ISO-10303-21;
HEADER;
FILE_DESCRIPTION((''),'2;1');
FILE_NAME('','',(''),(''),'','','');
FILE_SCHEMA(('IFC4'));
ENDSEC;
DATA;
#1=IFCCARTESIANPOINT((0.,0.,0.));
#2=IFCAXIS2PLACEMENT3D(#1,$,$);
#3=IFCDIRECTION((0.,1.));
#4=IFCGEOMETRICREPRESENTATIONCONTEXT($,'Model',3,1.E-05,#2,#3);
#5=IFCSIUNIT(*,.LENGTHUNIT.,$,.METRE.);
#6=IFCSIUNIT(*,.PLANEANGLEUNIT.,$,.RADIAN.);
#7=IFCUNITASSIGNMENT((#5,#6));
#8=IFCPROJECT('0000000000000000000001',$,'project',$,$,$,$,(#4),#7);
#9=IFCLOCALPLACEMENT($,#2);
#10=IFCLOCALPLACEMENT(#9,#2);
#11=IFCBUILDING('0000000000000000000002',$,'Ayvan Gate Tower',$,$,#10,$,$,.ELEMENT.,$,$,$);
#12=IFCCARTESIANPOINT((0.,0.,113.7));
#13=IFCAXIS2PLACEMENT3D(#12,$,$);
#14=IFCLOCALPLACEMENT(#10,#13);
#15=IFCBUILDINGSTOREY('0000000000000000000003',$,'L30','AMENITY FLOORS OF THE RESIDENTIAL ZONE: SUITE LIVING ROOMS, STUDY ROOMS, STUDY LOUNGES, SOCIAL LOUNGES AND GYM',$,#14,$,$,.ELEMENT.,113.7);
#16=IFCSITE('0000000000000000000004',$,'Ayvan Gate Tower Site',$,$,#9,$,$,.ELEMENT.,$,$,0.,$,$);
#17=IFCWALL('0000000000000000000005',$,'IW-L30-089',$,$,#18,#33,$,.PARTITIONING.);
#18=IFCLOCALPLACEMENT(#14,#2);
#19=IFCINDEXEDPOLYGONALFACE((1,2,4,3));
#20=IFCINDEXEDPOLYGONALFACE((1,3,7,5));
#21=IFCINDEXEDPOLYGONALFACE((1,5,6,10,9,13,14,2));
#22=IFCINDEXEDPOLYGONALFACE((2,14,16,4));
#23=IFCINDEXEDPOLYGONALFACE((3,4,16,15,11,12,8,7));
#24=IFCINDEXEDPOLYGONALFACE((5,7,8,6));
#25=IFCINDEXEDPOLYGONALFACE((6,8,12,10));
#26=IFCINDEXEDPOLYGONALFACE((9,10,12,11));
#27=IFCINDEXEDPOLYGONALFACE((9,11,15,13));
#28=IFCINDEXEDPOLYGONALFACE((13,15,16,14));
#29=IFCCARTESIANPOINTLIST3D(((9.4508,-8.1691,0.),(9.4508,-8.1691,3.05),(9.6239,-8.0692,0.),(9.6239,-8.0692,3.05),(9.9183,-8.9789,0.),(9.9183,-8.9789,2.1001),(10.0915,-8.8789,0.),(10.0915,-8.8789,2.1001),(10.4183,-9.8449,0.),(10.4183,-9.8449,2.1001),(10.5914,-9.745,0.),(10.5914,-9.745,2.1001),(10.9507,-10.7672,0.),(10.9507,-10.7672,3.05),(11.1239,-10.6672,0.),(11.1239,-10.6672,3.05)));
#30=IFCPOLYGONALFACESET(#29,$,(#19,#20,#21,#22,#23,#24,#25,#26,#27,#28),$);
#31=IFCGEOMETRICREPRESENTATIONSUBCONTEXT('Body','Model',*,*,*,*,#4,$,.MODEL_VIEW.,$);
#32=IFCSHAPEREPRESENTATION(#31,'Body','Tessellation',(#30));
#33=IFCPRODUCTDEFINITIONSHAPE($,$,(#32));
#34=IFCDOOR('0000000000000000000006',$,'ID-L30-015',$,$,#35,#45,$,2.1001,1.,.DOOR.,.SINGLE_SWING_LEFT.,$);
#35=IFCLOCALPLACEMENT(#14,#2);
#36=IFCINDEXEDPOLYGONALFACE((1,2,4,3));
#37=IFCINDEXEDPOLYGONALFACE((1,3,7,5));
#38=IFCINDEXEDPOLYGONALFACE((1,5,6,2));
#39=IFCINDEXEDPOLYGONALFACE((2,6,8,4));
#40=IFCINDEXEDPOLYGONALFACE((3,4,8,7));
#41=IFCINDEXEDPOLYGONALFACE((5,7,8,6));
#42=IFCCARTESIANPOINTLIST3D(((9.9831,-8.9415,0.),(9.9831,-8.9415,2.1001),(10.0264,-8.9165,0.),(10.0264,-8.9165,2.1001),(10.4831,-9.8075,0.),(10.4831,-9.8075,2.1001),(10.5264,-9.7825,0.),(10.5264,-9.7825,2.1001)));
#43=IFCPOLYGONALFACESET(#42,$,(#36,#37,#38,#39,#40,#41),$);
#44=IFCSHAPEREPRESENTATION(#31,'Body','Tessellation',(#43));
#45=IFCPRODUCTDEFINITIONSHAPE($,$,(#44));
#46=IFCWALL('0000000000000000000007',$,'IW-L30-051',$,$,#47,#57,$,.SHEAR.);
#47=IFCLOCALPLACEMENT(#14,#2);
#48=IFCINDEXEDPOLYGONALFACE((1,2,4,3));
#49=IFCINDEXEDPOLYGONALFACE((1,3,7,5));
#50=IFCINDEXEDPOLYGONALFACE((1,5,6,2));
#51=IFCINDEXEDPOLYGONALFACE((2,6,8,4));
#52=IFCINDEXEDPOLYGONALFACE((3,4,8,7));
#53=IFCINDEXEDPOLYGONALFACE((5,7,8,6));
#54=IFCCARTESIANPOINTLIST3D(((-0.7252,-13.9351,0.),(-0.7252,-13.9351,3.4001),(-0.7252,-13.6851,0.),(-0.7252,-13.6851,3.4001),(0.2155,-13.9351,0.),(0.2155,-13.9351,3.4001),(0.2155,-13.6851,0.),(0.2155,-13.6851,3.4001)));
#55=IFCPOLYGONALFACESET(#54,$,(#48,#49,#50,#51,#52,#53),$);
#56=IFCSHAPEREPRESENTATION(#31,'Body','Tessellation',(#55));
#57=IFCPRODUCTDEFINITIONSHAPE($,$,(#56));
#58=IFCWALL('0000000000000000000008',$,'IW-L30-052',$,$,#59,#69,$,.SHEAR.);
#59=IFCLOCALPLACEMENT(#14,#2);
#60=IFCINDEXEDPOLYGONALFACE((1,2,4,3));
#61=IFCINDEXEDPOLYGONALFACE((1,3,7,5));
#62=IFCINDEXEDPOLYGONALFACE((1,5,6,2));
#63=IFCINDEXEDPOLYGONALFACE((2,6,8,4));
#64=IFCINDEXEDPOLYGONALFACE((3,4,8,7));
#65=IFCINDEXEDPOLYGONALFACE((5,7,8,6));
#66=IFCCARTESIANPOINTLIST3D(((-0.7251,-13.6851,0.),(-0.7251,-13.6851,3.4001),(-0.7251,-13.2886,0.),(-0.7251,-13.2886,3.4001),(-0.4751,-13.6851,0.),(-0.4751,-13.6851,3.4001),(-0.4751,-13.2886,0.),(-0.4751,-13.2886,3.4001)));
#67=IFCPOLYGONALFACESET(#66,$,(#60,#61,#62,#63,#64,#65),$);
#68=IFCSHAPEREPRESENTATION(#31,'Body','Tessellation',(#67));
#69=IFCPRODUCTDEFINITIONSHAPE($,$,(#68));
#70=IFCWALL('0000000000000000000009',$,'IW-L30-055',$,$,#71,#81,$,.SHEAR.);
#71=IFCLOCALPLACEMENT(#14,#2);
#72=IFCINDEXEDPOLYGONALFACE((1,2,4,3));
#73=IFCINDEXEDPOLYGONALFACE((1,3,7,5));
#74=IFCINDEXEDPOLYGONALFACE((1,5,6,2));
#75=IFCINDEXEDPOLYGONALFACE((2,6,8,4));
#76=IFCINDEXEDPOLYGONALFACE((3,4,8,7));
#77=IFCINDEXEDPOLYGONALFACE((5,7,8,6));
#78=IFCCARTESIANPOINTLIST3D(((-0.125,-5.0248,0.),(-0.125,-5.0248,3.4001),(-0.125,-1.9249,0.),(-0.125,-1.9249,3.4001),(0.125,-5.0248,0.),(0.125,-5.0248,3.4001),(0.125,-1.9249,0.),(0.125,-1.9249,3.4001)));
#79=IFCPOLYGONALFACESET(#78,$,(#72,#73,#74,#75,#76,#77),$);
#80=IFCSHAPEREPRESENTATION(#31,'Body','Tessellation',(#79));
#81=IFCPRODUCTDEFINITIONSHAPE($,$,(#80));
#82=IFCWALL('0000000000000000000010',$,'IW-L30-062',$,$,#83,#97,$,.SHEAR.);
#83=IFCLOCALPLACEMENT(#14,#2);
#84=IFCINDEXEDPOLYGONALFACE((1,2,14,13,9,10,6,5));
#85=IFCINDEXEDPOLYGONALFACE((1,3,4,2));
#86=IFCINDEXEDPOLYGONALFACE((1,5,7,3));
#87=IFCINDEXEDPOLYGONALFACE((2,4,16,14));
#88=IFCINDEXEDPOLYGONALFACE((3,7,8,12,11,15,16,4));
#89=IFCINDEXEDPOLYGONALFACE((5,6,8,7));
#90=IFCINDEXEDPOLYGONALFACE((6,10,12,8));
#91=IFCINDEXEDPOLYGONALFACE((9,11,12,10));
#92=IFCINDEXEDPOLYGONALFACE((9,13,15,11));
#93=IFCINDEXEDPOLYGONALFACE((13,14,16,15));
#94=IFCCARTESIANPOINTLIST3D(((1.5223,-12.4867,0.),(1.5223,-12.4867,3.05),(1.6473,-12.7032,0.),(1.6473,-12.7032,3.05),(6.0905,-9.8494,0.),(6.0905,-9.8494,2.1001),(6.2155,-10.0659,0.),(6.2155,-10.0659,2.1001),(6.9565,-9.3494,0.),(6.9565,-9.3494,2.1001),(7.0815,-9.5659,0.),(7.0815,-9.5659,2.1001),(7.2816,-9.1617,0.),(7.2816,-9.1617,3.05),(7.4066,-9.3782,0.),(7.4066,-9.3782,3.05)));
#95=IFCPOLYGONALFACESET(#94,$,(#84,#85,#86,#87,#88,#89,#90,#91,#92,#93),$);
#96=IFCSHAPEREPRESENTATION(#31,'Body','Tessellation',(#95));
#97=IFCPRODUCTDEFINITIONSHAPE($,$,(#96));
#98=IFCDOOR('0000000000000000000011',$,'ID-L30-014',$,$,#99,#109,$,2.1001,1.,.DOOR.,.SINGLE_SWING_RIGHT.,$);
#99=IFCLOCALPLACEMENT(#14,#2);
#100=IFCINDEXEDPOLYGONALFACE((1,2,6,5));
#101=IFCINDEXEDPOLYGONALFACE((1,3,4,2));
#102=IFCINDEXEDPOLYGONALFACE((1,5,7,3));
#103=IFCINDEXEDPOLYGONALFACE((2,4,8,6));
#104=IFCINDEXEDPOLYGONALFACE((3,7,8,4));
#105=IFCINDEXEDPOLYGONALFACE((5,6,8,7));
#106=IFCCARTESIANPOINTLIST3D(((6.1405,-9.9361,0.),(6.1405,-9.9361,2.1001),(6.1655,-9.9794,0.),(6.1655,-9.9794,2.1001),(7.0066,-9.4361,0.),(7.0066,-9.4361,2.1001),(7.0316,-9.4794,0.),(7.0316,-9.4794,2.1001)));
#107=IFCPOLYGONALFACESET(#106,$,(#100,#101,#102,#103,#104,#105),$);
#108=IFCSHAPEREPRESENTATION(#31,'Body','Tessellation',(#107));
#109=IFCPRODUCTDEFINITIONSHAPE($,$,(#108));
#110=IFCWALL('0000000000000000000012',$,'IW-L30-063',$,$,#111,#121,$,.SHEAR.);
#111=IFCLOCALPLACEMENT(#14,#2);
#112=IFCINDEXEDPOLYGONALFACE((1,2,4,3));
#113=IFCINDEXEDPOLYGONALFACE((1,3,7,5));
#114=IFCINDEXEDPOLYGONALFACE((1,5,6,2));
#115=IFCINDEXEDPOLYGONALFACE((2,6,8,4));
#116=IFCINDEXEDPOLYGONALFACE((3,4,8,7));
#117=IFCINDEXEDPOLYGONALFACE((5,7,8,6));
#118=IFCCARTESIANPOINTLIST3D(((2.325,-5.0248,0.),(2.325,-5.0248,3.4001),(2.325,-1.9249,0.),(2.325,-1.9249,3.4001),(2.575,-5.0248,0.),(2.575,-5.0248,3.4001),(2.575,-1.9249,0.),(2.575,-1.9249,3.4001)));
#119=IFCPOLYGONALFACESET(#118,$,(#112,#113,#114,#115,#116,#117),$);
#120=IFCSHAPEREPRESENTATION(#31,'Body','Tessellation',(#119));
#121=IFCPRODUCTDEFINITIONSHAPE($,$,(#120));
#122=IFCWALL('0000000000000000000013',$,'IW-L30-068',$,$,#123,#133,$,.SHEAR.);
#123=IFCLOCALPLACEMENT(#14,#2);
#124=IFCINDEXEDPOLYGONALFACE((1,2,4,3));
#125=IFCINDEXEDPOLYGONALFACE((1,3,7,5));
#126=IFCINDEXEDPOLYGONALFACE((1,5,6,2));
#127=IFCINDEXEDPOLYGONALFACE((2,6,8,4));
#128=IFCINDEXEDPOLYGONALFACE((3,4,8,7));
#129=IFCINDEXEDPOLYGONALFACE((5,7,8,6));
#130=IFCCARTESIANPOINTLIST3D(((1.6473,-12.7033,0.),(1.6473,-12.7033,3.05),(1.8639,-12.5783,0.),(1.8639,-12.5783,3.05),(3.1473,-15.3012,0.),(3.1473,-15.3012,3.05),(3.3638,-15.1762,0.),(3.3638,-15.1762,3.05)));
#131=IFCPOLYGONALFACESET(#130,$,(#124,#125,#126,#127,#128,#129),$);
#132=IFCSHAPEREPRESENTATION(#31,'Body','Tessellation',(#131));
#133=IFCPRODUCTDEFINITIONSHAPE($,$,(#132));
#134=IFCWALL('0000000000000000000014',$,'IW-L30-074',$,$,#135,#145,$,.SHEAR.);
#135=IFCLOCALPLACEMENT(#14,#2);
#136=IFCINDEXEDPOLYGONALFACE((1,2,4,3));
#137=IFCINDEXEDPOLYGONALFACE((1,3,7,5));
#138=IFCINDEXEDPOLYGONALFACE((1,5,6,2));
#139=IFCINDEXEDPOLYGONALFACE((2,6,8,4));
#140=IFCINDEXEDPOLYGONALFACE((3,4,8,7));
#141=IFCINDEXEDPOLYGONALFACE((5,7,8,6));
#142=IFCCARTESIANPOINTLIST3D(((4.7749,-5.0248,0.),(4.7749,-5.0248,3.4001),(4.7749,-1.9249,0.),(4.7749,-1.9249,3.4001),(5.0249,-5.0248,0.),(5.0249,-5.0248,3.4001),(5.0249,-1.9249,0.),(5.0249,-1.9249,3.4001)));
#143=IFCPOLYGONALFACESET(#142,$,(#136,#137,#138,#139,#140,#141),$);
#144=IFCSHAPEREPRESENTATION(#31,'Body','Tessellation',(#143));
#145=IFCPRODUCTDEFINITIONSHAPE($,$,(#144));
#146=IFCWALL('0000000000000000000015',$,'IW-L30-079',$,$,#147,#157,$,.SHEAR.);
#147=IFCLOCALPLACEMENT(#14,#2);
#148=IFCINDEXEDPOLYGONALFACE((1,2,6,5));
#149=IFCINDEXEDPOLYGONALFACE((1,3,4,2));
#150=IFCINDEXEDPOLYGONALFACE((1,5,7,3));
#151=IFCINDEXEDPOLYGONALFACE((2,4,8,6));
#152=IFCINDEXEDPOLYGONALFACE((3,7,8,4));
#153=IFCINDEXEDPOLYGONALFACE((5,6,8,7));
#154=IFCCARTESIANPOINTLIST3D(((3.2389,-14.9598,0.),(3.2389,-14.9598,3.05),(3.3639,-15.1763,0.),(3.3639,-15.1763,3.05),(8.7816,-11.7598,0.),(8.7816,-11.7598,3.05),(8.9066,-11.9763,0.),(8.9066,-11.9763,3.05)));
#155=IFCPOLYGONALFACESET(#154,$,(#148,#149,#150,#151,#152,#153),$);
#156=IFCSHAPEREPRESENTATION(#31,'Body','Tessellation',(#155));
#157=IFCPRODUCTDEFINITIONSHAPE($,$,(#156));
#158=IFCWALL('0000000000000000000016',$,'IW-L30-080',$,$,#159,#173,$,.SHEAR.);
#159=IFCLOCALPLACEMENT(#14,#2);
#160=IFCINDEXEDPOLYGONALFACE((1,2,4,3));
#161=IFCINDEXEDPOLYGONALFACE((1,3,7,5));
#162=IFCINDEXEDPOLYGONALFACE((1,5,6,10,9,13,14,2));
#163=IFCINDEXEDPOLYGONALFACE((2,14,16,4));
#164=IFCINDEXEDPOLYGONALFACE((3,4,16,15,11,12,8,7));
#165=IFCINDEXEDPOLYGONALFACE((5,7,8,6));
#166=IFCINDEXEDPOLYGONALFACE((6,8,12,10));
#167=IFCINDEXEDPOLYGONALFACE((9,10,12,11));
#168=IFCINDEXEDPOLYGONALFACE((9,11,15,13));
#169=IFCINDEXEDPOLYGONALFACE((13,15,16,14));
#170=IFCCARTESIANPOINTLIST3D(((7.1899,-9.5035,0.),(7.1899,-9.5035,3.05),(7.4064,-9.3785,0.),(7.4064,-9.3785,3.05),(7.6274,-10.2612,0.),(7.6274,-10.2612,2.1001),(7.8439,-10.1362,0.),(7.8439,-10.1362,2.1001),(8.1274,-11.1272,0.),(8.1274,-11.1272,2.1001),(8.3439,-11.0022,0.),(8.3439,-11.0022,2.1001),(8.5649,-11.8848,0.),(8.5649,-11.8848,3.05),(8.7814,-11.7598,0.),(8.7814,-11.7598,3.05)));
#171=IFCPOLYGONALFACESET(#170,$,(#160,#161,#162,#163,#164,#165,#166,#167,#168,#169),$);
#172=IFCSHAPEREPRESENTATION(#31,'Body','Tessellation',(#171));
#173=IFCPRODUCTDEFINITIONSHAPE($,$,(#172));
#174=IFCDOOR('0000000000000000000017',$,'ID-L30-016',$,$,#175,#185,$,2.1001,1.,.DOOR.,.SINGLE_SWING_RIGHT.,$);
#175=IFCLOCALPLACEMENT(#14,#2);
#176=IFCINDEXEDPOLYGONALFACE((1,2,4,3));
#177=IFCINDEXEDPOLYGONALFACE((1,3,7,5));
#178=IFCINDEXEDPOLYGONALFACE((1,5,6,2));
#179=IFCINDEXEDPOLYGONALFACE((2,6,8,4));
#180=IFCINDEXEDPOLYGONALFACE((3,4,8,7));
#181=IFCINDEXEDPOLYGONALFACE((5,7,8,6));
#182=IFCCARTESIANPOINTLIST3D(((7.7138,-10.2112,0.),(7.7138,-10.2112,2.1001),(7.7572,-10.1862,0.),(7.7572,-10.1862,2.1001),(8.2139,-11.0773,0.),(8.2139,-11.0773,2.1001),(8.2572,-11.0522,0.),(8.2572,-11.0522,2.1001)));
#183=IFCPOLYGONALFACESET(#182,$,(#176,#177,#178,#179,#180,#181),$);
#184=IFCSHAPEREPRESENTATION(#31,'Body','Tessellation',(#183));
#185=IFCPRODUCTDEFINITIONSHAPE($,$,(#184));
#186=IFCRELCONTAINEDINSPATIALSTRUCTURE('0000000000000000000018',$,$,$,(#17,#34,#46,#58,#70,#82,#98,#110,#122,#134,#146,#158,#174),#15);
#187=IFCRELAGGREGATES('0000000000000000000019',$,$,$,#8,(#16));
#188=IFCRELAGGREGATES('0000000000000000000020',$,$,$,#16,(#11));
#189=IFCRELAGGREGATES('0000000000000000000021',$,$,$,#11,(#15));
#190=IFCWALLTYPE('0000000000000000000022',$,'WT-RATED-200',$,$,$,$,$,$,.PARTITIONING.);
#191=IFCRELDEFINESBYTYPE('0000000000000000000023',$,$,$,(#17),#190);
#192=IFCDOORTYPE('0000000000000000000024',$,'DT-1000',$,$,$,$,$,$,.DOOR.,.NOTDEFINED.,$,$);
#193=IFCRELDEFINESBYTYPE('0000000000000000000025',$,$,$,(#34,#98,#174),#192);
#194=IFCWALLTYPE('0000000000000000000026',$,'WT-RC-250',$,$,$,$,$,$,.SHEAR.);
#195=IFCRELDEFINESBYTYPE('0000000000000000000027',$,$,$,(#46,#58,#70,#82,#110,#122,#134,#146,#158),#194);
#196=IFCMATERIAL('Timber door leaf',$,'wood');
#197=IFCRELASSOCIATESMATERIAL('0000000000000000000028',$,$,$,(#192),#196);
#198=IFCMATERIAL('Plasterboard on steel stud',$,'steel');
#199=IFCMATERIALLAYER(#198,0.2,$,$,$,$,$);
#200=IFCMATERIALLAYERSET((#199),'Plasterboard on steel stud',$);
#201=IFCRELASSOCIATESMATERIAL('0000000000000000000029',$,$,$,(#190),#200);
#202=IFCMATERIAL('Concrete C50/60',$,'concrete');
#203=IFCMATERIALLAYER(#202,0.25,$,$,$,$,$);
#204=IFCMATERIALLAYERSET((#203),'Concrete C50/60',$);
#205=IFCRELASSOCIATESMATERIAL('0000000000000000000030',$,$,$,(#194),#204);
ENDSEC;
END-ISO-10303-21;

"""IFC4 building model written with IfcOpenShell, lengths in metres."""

from ifc_helpers import new_model, si_unit, direction, frame, frame_2d, origin, place, context, subcontext, project, spatial, rectangle, extrude, material, layer, layer_set, type_object, element, fill, save


model = new_model("IFC4")

# Units and contexts
model_context = context("Model", 3, precision=1e-05, world=origin(), true_north=direction((0.0, 1.0)))
body_context = subcontext(model_context, "Body", "Model", "MODEL_VIEW")
ifc_project = project(units=[si_unit("LENGTHUNIT", "METRE"), si_unit("PLANEANGLEUNIT", "RADIAN")], contexts=[model_context])

# Site, building, storey
site_placement = place(None, origin())
site = spatial("IfcSite", under=ifc_project, at=site_placement, Name="Ayvan Gate Tower Site", CompositionType="ELEMENT", RefElevation=0.0)
building_placement = place(site_placement, origin())
building = spatial("IfcBuilding", under=site, at=building_placement, Name="Ayvan Gate Tower", CompositionType="ELEMENT")
storey_placement = place(building_placement, frame((0.0, 0.0, 113.7)))
storey = spatial("IfcBuildingStorey", under=building, at=storey_placement, Name="L30", Description="AMENITY FLOORS OF THE RESIDENTIAL ZONE: SUITE LIVING ROOMS, STUDY ROOMS, STUDY LOUNGES, SOCIAL LOUNGES AND GYM", CompositionType="ELEMENT", Elevation=113.7)

# Shared definitions
ifc_material_1 = material(Name="Timber door leaf", Category="wood")

# Shared definitions
ifc_material_2 = material(Name="Plasterboard on steel stud", Category="steel")

# Shared definitions
door_type_1 = type_object("IfcDoorType", Name="DT-1000", OperationType="NOTDEFINED", PredefinedType="DOOR", material=ifc_material_1)

# Shared definitions
ifc_layer_1 = layer(ifc_material_2, 0.2)
ifc_layer_set_1 = layer_set([ifc_layer_1], Name="Plasterboard on steel stud")
wall_type_1 = type_object("IfcWallType", Name="WT-RATED-200", PredefinedType="PARTITIONING", material=ifc_layer_set_1)

# Wall, opening, door
wall_1_placement = place(storey_placement, frame((9.5374, -8.1191, 0.0), z_axis=(0.0, 0.0, 1.0), x_axis=(0.49999, -0.866031, 0.0)))
wall_1 = element("IfcWall", 1, at=wall_1_placement, inside=storey, type_object=wall_type_1, Name="IW-L30-089", PredefinedType="PARTITIONING", context=body_context, shape_type="SweptSolid", body=[
    extrude(rectangle(XDim=3.0, YDim=0.2, at=frame_2d((1.5, 0.0))), origin(), (0.0, 0.0, 1.0), 3.05),
])
opening_1_placement = place(wall_1_placement, frame((0.9351, 0.0, 0.0)))
opening_1 = element("IfcOpeningElement", 2, at=opening_1_placement, cuts=wall_1, PredefinedType="OPENING", context=body_context, shape_type="SweptSolid", body=[
    extrude(rectangle(XDim=1.0, YDim=2.1001, at=frame_2d((0.5, 1.05))), frame((0.0, 0.1099, 0.0), z_axis=(0.0, -1.0, 0.0), x_axis=(1.0, 0.0, 0.0)), (0.0, 0.0, 1.0), 0.22),
])
door_1_placement = place(opening_1_placement, origin())
door_1 = element("IfcDoor", 3, at=door_1_placement, inside=storey, type_object=door_type_1, Name="ID-L30-015", OperationType="SINGLE_SWING_LEFT", OverallHeight=2.1001, OverallWidth=1.0, PredefinedType="DOOR", context=body_context, shape_type="SweptSolid", body=[
    extrude(rectangle(XDim=1.0, YDim=2.1001, at=frame_2d((0.5, 1.05))), frame((0.0, 0.0249, 0.0), z_axis=(0.0, -1.0, 0.0), x_axis=(1.0, 0.0, 0.0)), (0.0, 0.0, 1.0), 0.05),
])
fill(opening_1, door_1)

# Walls
ifc_material_3 = material(Name="Concrete C50/60", Category="concrete")
ifc_layer_2 = layer(ifc_material_3, 0.25)
ifc_layer_set_2 = layer_set([ifc_layer_2], Name="Concrete C50/60")
wall_type_2 = type_object("IfcWallType", Name="WT-RC-250", PredefinedType="SHEAR", material=ifc_layer_set_2)
wall_2_placement = place(storey_placement, frame((-0.7251, -13.8101, 0.0), z_axis=(0.0, 0.0, 1.0), x_axis=(1.0, 0.0, 0.0)))
element("IfcWall", 4, at=wall_2_placement, inside=storey, type_object=wall_type_2, Name="IW-L30-051", PredefinedType="SHEAR", context=body_context, shape_type="SweptSolid", body=[
    extrude(rectangle(XDim=0.9407, YDim=0.25, at=frame_2d((0.4702, 0.0))), origin(), (0.0, 0.0, 1.0), 3.4001),
])
wall_3_placement = place(storey_placement, frame((-0.6001, -13.2886, 0.0), z_axis=(0.0, 0.0, 1.0), x_axis=(0.0, -1.0, 0.0)))
element("IfcWall", 5, at=wall_3_placement, inside=storey, type_object=wall_type_2, Name="IW-L30-052", PredefinedType="SHEAR", context=body_context, shape_type="SweptSolid", body=[
    extrude(rectangle(XDim=0.3965, YDim=0.25, at=frame_2d((0.1982, 0.0))), origin(), (0.0, 0.0, 1.0), 3.4001),
])
wall_4_placement = place(storey_placement, frame((0.0, -1.925, 0.0), z_axis=(0.0, 0.0, 1.0), x_axis=(0.0, -1.0, 0.0)))
element("IfcWall", 6, at=wall_4_placement, inside=storey, type_object=wall_type_2, Name="IW-L30-055", PredefinedType="SHEAR", context=body_context, shape_type="SweptSolid", body=[
    extrude(rectangle(XDim=3.0999, YDim=0.25, at=frame_2d((1.5498, 0.0))), origin(), (0.0, 0.0, 1.0), 3.4001),
])

# Wall, opening, door
wall_5_placement = place(storey_placement, frame((1.5847, -12.595, 0.0), z_axis=(0.0, 0.0, 1.0), x_axis=(0.866036, 0.499981, 0.0)))
wall_5 = element("IfcWall", 7, at=wall_5_placement, inside=storey, type_object=wall_type_2, Name="IW-L30-062", PredefinedType="SHEAR", context=body_context, shape_type="SweptSolid", body=[
    extrude(rectangle(XDim=6.6501, YDim=0.25, at=frame_2d((3.3252, 0.0))), origin(), (0.0, 0.0, 1.0), 3.05),
])
opening_2_placement = place(wall_5_placement, frame((5.2749, 0.0, 0.0)))
opening_2 = element("IfcOpeningElement", 8, at=opening_2_placement, cuts=wall_5, PredefinedType="OPENING", context=body_context, shape_type="SweptSolid", body=[
    extrude(rectangle(XDim=1.0, YDim=2.1001, at=frame_2d((0.5, 1.05))), frame((0.0, 0.135, 0.0), z_axis=(0.0, -1.0, 0.0), x_axis=(1.0, 0.0, 0.0)), (0.0, 0.0, 1.0), 0.27),
])
door_2_placement = place(opening_2_placement, origin())
door_2 = element("IfcDoor", 9, at=door_2_placement, inside=storey, type_object=door_type_1, Name="ID-L30-014", OperationType="SINGLE_SWING_RIGHT", OverallHeight=2.1001, OverallWidth=1.0, PredefinedType="DOOR", context=body_context, shape_type="SweptSolid", body=[
    extrude(rectangle(XDim=1.0, YDim=2.1001, at=frame_2d((0.5, 1.05))), frame((0.0, 0.0249, 0.0), z_axis=(0.0, -1.0, 0.0), x_axis=(1.0, 0.0, 0.0)), (0.0, 0.0, 1.0), 0.05),
])
fill(opening_2, door_2)

# Walls
wall_6_placement = place(storey_placement, frame((2.45, -1.925, 0.0), z_axis=(0.0, 0.0, 1.0), x_axis=(0.0, -1.0, 0.0)))
element("IfcWall", 10, at=wall_6_placement, inside=storey, type_object=wall_type_2, Name="IW-L30-063", PredefinedType="SHEAR", context=body_context, shape_type="SweptSolid", body=[
    extrude(rectangle(XDim=3.0999, YDim=0.25, at=frame_2d((1.5498, 0.0))), origin(), (0.0, 0.0, 1.0), 3.4001),
])
wall_7_placement = place(storey_placement, frame((3.2556, -15.2388, 0.0), z_axis=(0.0, 0.0, 1.0), x_axis=(-0.500025, 0.866011, 0.0)))
element("IfcWall", 11, at=wall_7_placement, inside=storey, type_object=wall_type_2, Name="IW-L30-068", PredefinedType="SHEAR", context=body_context, shape_type="SweptSolid", body=[
    extrude(rectangle(XDim=2.9998, YDim=0.25, at=frame_2d((1.5, 0.0))), origin(), (0.0, 0.0, 1.0), 3.05),
])
wall_8_placement = place(storey_placement, frame((4.8999, -1.925, 0.0), z_axis=(0.0, 0.0, 1.0), x_axis=(0.0, -1.0, 0.0)))
element("IfcWall", 12, at=wall_8_placement, inside=storey, type_object=wall_type_2, Name="IW-L30-074", PredefinedType="SHEAR", context=body_context, shape_type="SweptSolid", body=[
    extrude(rectangle(XDim=3.0999, YDim=0.25, at=frame_2d((1.5498, 0.0))), origin(), (0.0, 0.0, 1.0), 3.4001),
])
wall_9_placement = place(storey_placement, frame((3.3013, -15.0681, 0.0), z_axis=(0.0, 0.0, 1.0), x_axis=(0.866035, 0.499983, 0.0)))
element("IfcWall", 13, at=wall_9_placement, inside=storey, type_object=wall_type_2, Name="IW-L30-079", PredefinedType="SHEAR", context=body_context, shape_type="SweptSolid", body=[
    extrude(rectangle(XDim=6.4001, YDim=0.25, at=frame_2d((3.2002, 0.0))), origin(), (0.0, 0.0, 1.0), 3.05),
])

# Wall, opening, door
wall_10_placement = place(storey_placement, frame((7.2981, -9.4409, 0.0), z_axis=(0.0, 0.0, 1.0), x_axis=(0.500035, -0.866005, 0.0)))
wall_10 = element("IfcWall", 14, at=wall_10_placement, inside=storey, type_object=wall_type_2, Name="IW-L30-080", PredefinedType="SHEAR", context=body_context, shape_type="SweptSolid", body=[
    extrude(rectangle(XDim=2.7498, YDim=0.25, at=frame_2d((1.375, 0.0))), origin(), (0.0, 0.0, 1.0), 3.05),
])
opening_3_placement = place(wall_10_placement, frame((0.875, 0.0, 0.0)))
opening_3 = element("IfcOpeningElement", 15, at=opening_3_placement, cuts=wall_10, PredefinedType="OPENING", context=body_context, shape_type="SweptSolid", body=[
    extrude(rectangle(XDim=1.0, YDim=2.1001, at=frame_2d((0.5, 1.05))), frame((0.0, 0.135, 0.0), z_axis=(0.0, -1.0, 0.0), x_axis=(1.0, 0.0, 0.0)), (0.0, 0.0, 1.0), 0.27),
])
door_3_placement = place(opening_3_placement, origin())
door_3 = element("IfcDoor", 16, at=door_3_placement, inside=storey, type_object=door_type_1, Name="ID-L30-016", OperationType="SINGLE_SWING_RIGHT", OverallHeight=2.1001, OverallWidth=1.0, PredefinedType="DOOR", context=body_context, shape_type="SweptSolid", body=[
    extrude(rectangle(XDim=1.0, YDim=2.1001, at=frame_2d((0.5, 1.05))), frame((0.0, 0.0249, 0.0), z_axis=(0.0, -1.0, 0.0), x_axis=(1.0, 0.0, 0.0)), (0.0, 0.0, 1.0), 0.05),
])
fill(opening_3, door_3)

save(model, "model.ifc")
